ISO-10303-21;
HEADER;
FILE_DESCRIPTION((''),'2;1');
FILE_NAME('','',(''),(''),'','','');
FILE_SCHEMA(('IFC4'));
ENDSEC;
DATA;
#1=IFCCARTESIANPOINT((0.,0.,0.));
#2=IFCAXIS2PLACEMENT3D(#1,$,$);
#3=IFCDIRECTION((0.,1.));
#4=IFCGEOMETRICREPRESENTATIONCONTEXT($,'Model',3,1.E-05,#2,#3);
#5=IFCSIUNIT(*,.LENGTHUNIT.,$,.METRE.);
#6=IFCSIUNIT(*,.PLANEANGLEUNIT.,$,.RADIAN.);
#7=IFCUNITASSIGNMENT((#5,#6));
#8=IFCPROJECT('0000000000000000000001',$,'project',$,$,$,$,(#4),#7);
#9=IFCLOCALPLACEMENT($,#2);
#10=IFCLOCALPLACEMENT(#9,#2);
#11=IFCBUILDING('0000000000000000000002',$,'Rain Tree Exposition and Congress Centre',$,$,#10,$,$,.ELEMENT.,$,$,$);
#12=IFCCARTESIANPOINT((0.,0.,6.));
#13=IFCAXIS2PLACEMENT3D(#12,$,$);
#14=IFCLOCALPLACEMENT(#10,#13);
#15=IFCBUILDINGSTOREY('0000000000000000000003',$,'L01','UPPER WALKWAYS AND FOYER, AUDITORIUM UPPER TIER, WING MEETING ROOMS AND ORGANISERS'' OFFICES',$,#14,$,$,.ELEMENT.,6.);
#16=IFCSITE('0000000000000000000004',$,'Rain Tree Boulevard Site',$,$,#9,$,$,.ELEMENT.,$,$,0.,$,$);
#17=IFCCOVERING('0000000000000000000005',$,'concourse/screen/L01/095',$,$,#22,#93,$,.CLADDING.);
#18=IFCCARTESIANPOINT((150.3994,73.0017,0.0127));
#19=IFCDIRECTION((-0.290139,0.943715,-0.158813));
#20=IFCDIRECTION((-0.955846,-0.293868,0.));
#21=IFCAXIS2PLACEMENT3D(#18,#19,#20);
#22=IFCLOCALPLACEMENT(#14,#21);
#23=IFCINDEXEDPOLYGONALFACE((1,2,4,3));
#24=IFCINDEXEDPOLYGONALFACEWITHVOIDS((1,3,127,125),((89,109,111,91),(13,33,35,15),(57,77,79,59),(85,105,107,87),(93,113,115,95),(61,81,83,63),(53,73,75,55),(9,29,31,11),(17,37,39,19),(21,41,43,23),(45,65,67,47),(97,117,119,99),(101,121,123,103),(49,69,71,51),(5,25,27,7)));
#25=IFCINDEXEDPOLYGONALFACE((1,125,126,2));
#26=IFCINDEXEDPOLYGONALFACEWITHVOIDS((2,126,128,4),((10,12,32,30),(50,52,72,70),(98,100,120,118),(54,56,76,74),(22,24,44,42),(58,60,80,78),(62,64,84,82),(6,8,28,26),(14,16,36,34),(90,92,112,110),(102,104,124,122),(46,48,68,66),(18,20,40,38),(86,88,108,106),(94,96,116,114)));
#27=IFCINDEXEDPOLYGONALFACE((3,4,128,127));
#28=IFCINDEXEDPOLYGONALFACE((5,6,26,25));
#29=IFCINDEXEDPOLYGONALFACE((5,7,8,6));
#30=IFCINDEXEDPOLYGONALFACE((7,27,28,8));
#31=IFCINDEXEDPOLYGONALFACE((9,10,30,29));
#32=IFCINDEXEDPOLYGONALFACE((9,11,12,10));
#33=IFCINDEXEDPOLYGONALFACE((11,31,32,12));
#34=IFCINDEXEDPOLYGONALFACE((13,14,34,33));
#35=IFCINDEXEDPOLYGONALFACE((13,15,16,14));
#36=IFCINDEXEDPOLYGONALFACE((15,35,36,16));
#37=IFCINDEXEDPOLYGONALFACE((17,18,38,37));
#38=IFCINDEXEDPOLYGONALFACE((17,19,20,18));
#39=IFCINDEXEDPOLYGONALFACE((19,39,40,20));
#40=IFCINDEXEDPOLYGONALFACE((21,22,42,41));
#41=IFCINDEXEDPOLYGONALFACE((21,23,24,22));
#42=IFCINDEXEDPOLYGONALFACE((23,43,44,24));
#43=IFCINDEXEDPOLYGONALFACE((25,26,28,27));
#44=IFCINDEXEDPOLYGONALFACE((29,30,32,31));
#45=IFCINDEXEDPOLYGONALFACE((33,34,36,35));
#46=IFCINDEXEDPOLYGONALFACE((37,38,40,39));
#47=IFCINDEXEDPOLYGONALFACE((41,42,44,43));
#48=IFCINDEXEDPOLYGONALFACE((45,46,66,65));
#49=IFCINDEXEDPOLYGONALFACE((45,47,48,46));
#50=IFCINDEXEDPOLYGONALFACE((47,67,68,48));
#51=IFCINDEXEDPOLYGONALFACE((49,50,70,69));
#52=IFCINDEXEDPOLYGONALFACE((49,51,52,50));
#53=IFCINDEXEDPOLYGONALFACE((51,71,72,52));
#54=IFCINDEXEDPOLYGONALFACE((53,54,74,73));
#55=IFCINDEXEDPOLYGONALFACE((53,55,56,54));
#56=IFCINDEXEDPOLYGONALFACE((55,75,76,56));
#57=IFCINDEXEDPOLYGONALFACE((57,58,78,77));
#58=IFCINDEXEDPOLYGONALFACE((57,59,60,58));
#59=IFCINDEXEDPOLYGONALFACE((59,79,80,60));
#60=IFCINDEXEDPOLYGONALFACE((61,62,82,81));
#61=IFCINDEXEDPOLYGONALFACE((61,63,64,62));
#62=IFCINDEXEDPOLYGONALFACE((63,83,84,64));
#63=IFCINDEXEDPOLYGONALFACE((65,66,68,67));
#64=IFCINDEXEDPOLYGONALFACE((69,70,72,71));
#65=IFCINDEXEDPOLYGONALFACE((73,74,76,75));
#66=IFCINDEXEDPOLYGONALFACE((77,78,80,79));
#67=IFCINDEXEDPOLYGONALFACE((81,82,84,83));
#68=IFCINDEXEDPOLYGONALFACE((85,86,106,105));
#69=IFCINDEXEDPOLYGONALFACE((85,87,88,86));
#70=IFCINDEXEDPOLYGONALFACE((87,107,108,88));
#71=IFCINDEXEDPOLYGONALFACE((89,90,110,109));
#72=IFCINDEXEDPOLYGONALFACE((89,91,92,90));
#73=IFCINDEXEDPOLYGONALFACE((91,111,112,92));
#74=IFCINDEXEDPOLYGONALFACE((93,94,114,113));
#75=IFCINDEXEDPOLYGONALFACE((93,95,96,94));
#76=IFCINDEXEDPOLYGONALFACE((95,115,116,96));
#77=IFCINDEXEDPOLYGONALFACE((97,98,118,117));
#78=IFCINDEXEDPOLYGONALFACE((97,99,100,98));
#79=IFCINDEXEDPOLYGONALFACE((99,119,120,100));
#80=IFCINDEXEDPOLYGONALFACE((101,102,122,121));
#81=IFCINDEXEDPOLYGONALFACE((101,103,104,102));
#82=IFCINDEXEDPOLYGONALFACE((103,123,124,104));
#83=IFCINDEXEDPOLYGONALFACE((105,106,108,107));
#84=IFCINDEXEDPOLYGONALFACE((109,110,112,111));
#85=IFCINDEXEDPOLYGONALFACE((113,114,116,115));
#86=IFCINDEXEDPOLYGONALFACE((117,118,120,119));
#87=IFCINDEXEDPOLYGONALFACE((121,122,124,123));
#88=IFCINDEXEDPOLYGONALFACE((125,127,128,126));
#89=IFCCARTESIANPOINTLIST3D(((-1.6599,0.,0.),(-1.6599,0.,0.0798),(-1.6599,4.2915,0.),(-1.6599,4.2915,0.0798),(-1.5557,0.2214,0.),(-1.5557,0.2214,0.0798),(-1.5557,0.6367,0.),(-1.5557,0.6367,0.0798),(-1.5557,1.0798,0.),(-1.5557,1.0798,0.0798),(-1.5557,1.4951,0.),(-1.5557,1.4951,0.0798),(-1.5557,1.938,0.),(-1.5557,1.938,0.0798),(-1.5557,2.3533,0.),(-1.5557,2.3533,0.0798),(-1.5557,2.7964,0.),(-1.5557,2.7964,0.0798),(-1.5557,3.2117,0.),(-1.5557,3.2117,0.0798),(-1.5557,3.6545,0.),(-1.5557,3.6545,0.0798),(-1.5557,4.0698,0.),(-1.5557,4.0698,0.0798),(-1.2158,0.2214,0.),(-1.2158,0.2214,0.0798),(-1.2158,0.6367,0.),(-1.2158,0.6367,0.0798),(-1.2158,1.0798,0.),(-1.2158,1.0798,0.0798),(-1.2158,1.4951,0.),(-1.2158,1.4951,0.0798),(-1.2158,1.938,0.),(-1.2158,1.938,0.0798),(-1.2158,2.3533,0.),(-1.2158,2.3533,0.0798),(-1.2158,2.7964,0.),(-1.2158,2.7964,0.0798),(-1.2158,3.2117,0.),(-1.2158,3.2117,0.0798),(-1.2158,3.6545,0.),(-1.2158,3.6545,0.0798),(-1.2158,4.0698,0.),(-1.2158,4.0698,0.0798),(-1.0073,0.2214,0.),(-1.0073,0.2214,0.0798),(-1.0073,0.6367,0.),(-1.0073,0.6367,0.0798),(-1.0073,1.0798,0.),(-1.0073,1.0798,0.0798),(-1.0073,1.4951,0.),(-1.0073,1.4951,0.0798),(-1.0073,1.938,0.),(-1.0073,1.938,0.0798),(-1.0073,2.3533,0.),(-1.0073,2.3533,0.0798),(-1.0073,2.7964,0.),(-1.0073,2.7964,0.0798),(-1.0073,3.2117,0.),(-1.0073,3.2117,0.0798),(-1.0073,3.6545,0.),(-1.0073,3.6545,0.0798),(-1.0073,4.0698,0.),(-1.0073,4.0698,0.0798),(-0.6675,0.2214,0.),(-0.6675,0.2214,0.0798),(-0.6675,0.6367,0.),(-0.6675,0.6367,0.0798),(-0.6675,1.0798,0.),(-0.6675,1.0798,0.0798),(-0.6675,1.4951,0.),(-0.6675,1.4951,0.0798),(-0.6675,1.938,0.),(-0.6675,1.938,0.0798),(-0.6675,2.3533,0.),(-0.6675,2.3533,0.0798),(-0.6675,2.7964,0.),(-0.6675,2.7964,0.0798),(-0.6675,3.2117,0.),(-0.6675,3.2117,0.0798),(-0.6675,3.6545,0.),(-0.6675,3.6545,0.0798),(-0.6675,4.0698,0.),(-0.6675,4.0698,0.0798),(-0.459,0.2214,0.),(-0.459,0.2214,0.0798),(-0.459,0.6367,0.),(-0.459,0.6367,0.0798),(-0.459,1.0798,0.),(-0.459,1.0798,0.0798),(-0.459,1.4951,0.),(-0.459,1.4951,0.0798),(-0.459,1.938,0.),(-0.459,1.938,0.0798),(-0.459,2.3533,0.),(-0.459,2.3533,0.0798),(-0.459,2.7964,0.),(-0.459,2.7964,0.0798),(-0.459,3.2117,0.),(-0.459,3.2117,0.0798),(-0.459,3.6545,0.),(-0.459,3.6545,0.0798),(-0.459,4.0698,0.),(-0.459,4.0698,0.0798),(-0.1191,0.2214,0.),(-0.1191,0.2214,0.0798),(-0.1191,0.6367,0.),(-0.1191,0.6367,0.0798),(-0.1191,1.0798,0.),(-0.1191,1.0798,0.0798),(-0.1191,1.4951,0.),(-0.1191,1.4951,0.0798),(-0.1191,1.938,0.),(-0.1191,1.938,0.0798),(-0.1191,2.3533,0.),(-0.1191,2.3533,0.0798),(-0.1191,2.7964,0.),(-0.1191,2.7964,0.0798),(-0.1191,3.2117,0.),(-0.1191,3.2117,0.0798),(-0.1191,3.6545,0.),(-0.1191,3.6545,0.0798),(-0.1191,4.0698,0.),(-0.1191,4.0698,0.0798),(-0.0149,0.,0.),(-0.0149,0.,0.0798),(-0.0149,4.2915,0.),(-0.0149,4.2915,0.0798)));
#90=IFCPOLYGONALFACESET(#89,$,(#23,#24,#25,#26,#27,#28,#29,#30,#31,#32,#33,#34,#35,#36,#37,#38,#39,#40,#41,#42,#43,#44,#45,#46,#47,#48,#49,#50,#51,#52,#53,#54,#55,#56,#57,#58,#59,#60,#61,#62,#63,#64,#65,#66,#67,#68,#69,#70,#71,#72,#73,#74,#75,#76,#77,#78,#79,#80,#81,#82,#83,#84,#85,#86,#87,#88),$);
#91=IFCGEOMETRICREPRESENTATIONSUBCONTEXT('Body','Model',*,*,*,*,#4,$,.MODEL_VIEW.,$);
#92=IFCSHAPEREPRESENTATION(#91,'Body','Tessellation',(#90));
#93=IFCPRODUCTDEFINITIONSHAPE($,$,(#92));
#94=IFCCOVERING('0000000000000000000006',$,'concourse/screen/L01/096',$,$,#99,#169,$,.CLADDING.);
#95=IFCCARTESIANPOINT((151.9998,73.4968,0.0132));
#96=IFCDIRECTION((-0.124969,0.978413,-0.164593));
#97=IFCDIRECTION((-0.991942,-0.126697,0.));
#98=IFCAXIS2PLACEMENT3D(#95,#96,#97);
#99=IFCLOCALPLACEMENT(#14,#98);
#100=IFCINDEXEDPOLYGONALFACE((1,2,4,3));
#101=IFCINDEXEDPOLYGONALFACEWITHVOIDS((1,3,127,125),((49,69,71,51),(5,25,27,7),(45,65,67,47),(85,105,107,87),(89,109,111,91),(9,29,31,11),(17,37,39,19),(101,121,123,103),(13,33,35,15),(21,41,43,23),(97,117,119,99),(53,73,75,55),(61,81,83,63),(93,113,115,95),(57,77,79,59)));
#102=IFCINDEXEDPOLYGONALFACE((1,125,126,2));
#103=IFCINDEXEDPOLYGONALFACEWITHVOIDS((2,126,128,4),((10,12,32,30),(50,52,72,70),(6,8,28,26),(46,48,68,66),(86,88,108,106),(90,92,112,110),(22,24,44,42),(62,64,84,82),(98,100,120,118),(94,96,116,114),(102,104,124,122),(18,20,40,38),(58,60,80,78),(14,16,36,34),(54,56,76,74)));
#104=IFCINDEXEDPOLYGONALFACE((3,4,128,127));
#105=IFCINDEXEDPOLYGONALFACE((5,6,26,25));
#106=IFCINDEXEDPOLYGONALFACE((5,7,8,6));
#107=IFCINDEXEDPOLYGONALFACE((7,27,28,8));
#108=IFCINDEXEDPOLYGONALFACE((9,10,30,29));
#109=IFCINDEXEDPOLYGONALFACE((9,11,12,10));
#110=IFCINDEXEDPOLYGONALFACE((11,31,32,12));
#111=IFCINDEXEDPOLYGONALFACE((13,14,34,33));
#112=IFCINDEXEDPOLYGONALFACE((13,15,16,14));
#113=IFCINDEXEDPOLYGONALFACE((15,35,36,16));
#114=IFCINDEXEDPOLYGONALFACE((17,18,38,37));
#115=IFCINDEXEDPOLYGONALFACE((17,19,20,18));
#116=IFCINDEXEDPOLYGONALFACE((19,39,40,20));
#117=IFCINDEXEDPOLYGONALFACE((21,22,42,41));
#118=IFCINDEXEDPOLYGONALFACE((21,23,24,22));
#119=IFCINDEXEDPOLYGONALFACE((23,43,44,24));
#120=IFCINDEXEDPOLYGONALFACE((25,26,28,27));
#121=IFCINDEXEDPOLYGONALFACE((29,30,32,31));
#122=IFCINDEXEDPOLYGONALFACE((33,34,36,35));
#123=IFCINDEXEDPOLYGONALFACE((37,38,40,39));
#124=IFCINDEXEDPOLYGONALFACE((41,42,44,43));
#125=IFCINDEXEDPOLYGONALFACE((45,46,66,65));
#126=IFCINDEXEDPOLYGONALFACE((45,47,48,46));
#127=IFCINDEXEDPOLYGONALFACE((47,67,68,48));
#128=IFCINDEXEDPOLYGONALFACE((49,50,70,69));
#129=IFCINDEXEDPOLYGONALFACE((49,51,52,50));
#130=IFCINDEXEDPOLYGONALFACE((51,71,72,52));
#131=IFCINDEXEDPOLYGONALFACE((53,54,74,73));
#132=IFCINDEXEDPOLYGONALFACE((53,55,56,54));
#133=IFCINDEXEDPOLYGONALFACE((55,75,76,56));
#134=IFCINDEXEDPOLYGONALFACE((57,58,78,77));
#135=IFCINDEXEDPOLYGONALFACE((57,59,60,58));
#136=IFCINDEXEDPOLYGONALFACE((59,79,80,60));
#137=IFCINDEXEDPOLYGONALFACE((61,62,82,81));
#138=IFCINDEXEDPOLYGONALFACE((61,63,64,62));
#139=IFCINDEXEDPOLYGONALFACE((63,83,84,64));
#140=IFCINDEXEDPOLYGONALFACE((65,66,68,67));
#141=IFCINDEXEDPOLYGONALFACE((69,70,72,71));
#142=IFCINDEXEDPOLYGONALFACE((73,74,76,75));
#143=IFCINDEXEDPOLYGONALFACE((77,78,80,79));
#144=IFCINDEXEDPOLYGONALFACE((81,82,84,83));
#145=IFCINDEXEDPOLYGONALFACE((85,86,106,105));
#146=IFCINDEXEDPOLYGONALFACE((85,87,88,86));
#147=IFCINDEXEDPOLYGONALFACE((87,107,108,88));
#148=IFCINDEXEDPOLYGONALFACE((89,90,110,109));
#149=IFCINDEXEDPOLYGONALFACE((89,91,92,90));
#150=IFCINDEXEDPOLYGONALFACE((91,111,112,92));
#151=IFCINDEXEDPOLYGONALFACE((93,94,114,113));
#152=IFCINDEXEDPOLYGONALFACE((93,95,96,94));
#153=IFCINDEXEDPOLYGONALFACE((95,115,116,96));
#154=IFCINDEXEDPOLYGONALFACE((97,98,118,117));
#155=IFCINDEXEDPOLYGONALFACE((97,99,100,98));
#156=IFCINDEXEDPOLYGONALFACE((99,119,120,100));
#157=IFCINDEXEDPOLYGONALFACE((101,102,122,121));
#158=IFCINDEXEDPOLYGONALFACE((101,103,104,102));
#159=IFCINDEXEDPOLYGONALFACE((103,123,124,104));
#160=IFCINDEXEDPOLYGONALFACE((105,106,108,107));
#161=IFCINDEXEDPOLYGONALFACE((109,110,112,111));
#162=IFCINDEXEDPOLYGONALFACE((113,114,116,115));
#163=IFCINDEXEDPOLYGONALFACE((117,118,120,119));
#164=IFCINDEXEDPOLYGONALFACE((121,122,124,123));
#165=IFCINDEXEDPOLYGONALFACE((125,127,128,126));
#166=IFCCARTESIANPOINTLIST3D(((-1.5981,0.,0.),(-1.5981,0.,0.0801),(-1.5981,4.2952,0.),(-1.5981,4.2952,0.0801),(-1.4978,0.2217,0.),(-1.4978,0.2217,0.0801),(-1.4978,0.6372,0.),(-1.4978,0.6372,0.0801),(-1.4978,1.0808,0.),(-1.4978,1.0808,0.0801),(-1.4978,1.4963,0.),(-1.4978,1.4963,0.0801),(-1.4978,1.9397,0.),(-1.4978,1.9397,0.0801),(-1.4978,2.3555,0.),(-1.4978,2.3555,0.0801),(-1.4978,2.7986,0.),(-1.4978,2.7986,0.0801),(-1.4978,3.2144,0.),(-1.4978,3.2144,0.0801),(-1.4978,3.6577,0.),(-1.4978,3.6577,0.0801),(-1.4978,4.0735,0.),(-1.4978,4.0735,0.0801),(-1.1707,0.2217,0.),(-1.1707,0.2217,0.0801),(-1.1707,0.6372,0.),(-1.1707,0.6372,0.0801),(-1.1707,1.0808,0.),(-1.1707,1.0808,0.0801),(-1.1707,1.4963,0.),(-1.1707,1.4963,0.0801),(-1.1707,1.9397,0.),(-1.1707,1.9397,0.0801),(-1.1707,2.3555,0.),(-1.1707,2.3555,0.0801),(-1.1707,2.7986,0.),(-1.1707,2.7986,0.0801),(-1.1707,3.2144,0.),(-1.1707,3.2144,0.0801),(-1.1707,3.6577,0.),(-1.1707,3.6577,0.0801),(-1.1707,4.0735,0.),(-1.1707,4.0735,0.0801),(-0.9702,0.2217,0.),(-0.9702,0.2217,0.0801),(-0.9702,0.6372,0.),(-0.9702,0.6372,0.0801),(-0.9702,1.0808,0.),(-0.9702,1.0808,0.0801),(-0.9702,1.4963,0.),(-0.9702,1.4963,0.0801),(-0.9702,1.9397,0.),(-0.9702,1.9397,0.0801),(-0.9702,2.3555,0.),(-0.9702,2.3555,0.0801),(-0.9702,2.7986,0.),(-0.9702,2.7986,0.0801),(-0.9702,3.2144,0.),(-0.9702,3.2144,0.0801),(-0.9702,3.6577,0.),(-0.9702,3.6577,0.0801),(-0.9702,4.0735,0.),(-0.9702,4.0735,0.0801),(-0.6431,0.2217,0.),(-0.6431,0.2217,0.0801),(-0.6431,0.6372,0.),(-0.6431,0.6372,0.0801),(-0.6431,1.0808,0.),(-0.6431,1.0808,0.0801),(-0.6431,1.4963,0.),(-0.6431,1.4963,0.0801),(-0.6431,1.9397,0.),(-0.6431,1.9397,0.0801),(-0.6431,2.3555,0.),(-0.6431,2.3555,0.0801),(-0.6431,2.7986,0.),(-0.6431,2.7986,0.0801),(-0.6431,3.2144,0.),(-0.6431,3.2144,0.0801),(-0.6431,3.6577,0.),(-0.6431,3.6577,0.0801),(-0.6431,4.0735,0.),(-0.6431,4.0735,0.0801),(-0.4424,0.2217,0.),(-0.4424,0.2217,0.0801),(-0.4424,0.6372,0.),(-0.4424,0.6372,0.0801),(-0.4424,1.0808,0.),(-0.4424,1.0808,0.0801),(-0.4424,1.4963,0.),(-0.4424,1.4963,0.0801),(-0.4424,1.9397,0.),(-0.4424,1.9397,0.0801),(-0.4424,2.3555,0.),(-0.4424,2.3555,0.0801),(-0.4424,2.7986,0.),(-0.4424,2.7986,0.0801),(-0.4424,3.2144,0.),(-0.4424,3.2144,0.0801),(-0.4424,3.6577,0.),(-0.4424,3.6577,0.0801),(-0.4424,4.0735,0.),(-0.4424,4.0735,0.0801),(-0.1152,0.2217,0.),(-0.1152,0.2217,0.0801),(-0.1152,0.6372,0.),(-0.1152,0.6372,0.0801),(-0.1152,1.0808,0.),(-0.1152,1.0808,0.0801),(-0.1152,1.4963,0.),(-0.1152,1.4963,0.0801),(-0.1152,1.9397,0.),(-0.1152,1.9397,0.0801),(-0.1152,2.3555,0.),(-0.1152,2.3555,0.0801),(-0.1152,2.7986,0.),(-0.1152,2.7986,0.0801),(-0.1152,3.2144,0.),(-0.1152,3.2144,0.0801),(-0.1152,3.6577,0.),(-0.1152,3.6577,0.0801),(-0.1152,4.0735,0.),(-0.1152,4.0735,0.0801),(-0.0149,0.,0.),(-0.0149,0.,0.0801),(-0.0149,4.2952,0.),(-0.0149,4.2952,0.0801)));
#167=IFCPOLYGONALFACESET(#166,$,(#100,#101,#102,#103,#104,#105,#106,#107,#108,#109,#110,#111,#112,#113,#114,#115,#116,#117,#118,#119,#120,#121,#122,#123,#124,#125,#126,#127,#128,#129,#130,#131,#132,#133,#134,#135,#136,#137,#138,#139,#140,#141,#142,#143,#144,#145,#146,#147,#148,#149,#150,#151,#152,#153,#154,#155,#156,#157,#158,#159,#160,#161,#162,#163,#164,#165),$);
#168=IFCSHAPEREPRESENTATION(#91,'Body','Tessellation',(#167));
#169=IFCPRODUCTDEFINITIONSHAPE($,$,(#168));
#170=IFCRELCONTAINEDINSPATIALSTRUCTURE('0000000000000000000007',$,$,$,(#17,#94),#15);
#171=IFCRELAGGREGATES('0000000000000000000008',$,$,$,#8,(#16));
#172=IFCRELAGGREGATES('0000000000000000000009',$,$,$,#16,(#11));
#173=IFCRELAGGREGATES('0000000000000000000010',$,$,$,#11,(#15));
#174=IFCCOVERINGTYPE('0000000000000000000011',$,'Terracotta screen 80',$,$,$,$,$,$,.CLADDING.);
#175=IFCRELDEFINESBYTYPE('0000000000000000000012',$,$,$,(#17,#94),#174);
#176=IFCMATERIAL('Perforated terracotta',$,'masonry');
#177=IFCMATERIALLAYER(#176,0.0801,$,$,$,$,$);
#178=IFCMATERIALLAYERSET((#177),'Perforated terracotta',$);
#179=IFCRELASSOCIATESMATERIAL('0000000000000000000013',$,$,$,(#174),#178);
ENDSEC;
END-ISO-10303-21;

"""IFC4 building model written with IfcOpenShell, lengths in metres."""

from ifc_helpers import new_model, si_unit, direction, frame, origin, place, context, subcontext, project, spatial, polyline, outline, extrude, material, layer, layer_set, type_object, element, save


model = new_model("IFC4")

# Units and contexts
model_context = context("Model", 3, precision=1e-05, world=origin(), true_north=direction((0.0, 1.0)))
body_context = subcontext(model_context, "Body", "Model", "MODEL_VIEW")
ifc_project = project(units=[si_unit("LENGTHUNIT", "METRE"), si_unit("PLANEANGLEUNIT", "RADIAN")], contexts=[model_context])

# Site, building, storey
site_placement = place(None, origin())
site = spatial("IfcSite", under=ifc_project, at=site_placement, Name="Rain Tree Boulevard Site", CompositionType="ELEMENT", RefElevation=0.0)
building_placement = place(site_placement, origin())
building = spatial("IfcBuilding", under=site, at=building_placement, Name="Rain Tree Exposition and Congress Centre", CompositionType="ELEMENT")
storey_placement = place(building_placement, frame((0.0, 0.0, 6.0)))
storey = spatial("IfcBuildingStorey", under=building, at=storey_placement, Name="L01", Description="UPPER WALKWAYS AND FOYER, AUDITORIUM UPPER TIER, WING MEETING ROOMS AND ORGANISERS' OFFICES", CompositionType="ELEMENT", Elevation=6.0)

# Coverings
ifc_material_1 = material(Name="Perforated terracotta", Category="masonry")
ifc_layer_1 = layer(ifc_material_1, 0.0801)
ifc_layer_set_1 = layer_set([ifc_layer_1], Name="Perforated terracotta")
covering_type = type_object("IfcCoveringType", Name="Terracotta screen 80", PredefinedType="CLADDING", material=ifc_layer_set_1)
covering_1_placement = place(storey_placement, frame((150.3994, 73.0017, 0.0127), z_axis=(-0.290139, 0.943715, -0.158813), x_axis=(-0.955846, -0.293868, 0.0)))
element("IfcCovering", 1, at=covering_1_placement, inside=storey, type_object=covering_type, Name="concourse/screen/L01/095", PredefinedType="CLADDING", context=body_context, shape_type="SweptSolid", body=[
    extrude(outline(polyline([(-1.6599, 0.0), (-1.6599, 4.2915), (-0.0149, 4.2915), (-0.0149, 0.0), (-1.6599, 0.0)]), holes=[polyline([(-0.1191, 0.2214), (-0.1191, 0.6367), (-0.459, 0.6367), (-0.459, 0.2214), (-0.1191, 0.2214)]), polyline([(-0.1191, 1.0798), (-0.1191, 1.4951), (-0.459, 1.4951), (-0.459, 1.0798), (-0.1191, 1.0798)]), polyline([(-0.1191, 1.938), (-0.1191, 2.3533), (-0.459, 2.3533), (-0.459, 1.938), (-0.1191, 1.938)]), polyline([(-0.1191, 2.7964), (-0.1191, 3.2117), (-0.459, 3.2117), (-0.459, 2.7964), (-0.1191, 2.7964)]), polyline([(-0.1191, 3.6545), (-0.1191, 4.0698), (-0.459, 4.0698), (-0.459, 3.6545), (-0.1191, 3.6545)]), polyline([(-0.6675, 0.2214), (-0.6675, 0.6367), (-1.0073, 0.6367), (-1.0073, 0.2214), (-0.6675, 0.2214)]), polyline([(-0.6675, 1.0798), (-0.6675, 1.4951), (-1.0073, 1.4951), (-1.0073, 1.0798), (-0.6675, 1.0798)]), polyline([(-0.6675, 1.938), (-0.6675, 2.3533), (-1.0073, 2.3533), (-1.0073, 1.938), (-0.6675, 1.938)]), polyline([(-0.6675, 2.7964), (-0.6675, 3.2117), (-1.0073, 3.2117), (-1.0073, 2.7964), (-0.6675, 2.7964)]), polyline([(-0.6675, 3.6545), (-0.6675, 4.0698), (-1.0073, 4.0698), (-1.0073, 3.6545), (-0.6675, 3.6545)]), polyline([(-1.2158, 0.2214), (-1.2158, 0.6367), (-1.5557, 0.6367), (-1.5557, 0.2214), (-1.2158, 0.2214)]), polyline([(-1.2158, 1.0798), (-1.2158, 1.4951), (-1.5557, 1.4951), (-1.5557, 1.0798), (-1.2158, 1.0798)]), polyline([(-1.2158, 1.938), (-1.2158, 2.3533), (-1.5557, 2.3533), (-1.5557, 1.938), (-1.2158, 1.938)]), polyline([(-1.2158, 2.7964), (-1.2158, 3.2117), (-1.5557, 3.2117), (-1.5557, 2.7964), (-1.2158, 2.7964)]), polyline([(-1.2158, 3.6545), (-1.2158, 4.0698), (-1.5557, 4.0698), (-1.5557, 3.6545), (-1.2158, 3.6545)])]), origin(), (0.0, 0.0, 1.0), 0.0798),
])
covering_2_placement = place(storey_placement, frame((151.9998, 73.4968, 0.0132), z_axis=(-0.124969, 0.978413, -0.164593), x_axis=(-0.991942, -0.126697, 0.0)))
element("IfcCovering", 2, at=covering_2_placement, inside=storey, type_object=covering_type, Name="concourse/screen/L01/096", PredefinedType="CLADDING", context=body_context, shape_type="SweptSolid", body=[
    extrude(outline(polyline([(-1.5981, 0.0), (-1.5981, 4.2952), (-0.0149, 4.2952), (-0.0149, 0.0), (-1.5981, 0.0)]), holes=[polyline([(-0.1152, 0.2217), (-0.1152, 0.6372), (-0.4424, 0.6372), (-0.4424, 0.2217), (-0.1152, 0.2217)]), polyline([(-0.1152, 1.0808), (-0.1152, 1.4963), (-0.4424, 1.4963), (-0.4424, 1.0808), (-0.1152, 1.0808)]), polyline([(-0.1152, 1.9397), (-0.1152, 2.3555), (-0.4424, 2.3555), (-0.4424, 1.9397), (-0.1152, 1.9397)]), polyline([(-0.1152, 2.7986), (-0.1152, 3.2144), (-0.4424, 3.2144), (-0.4424, 2.7986), (-0.1152, 2.7986)]), polyline([(-0.1152, 3.6577), (-0.1152, 4.0735), (-0.4424, 4.0735), (-0.4424, 3.6577), (-0.1152, 3.6577)]), polyline([(-0.6431, 0.2217), (-0.6431, 0.6372), (-0.9702, 0.6372), (-0.9702, 0.2217), (-0.6431, 0.2217)]), polyline([(-0.6431, 1.0808), (-0.6431, 1.4963), (-0.9702, 1.4963), (-0.9702, 1.0808), (-0.6431, 1.0808)]), polyline([(-0.6431, 1.9397), (-0.6431, 2.3555), (-0.9702, 2.3555), (-0.9702, 1.9397), (-0.6431, 1.9397)]), polyline([(-0.6431, 2.7986), (-0.6431, 3.2144), (-0.9702, 3.2144), (-0.9702, 2.7986), (-0.6431, 2.7986)]), polyline([(-0.6431, 3.6577), (-0.6431, 4.0735), (-0.9702, 4.0735), (-0.9702, 3.6577), (-0.6431, 3.6577)]), polyline([(-1.1707, 0.2217), (-1.1707, 0.6372), (-1.4978, 0.6372), (-1.4978, 0.2217), (-1.1707, 0.2217)]), polyline([(-1.1707, 1.0808), (-1.1707, 1.4963), (-1.4978, 1.4963), (-1.4978, 1.0808), (-1.1707, 1.0808)]), polyline([(-1.1707, 1.9397), (-1.1707, 2.3555), (-1.4978, 2.3555), (-1.4978, 1.9397), (-1.1707, 1.9397)]), polyline([(-1.1707, 2.7986), (-1.1707, 3.2144), (-1.4978, 3.2144), (-1.4978, 2.7986), (-1.1707, 2.7986)]), polyline([(-1.1707, 3.6577), (-1.1707, 4.0735), (-1.4978, 4.0735), (-1.4978, 3.6577), (-1.1707, 3.6577)])]), origin(), (0.0, 0.0, 1.0), 0.0801),
])

save(model, "model.ifc")
